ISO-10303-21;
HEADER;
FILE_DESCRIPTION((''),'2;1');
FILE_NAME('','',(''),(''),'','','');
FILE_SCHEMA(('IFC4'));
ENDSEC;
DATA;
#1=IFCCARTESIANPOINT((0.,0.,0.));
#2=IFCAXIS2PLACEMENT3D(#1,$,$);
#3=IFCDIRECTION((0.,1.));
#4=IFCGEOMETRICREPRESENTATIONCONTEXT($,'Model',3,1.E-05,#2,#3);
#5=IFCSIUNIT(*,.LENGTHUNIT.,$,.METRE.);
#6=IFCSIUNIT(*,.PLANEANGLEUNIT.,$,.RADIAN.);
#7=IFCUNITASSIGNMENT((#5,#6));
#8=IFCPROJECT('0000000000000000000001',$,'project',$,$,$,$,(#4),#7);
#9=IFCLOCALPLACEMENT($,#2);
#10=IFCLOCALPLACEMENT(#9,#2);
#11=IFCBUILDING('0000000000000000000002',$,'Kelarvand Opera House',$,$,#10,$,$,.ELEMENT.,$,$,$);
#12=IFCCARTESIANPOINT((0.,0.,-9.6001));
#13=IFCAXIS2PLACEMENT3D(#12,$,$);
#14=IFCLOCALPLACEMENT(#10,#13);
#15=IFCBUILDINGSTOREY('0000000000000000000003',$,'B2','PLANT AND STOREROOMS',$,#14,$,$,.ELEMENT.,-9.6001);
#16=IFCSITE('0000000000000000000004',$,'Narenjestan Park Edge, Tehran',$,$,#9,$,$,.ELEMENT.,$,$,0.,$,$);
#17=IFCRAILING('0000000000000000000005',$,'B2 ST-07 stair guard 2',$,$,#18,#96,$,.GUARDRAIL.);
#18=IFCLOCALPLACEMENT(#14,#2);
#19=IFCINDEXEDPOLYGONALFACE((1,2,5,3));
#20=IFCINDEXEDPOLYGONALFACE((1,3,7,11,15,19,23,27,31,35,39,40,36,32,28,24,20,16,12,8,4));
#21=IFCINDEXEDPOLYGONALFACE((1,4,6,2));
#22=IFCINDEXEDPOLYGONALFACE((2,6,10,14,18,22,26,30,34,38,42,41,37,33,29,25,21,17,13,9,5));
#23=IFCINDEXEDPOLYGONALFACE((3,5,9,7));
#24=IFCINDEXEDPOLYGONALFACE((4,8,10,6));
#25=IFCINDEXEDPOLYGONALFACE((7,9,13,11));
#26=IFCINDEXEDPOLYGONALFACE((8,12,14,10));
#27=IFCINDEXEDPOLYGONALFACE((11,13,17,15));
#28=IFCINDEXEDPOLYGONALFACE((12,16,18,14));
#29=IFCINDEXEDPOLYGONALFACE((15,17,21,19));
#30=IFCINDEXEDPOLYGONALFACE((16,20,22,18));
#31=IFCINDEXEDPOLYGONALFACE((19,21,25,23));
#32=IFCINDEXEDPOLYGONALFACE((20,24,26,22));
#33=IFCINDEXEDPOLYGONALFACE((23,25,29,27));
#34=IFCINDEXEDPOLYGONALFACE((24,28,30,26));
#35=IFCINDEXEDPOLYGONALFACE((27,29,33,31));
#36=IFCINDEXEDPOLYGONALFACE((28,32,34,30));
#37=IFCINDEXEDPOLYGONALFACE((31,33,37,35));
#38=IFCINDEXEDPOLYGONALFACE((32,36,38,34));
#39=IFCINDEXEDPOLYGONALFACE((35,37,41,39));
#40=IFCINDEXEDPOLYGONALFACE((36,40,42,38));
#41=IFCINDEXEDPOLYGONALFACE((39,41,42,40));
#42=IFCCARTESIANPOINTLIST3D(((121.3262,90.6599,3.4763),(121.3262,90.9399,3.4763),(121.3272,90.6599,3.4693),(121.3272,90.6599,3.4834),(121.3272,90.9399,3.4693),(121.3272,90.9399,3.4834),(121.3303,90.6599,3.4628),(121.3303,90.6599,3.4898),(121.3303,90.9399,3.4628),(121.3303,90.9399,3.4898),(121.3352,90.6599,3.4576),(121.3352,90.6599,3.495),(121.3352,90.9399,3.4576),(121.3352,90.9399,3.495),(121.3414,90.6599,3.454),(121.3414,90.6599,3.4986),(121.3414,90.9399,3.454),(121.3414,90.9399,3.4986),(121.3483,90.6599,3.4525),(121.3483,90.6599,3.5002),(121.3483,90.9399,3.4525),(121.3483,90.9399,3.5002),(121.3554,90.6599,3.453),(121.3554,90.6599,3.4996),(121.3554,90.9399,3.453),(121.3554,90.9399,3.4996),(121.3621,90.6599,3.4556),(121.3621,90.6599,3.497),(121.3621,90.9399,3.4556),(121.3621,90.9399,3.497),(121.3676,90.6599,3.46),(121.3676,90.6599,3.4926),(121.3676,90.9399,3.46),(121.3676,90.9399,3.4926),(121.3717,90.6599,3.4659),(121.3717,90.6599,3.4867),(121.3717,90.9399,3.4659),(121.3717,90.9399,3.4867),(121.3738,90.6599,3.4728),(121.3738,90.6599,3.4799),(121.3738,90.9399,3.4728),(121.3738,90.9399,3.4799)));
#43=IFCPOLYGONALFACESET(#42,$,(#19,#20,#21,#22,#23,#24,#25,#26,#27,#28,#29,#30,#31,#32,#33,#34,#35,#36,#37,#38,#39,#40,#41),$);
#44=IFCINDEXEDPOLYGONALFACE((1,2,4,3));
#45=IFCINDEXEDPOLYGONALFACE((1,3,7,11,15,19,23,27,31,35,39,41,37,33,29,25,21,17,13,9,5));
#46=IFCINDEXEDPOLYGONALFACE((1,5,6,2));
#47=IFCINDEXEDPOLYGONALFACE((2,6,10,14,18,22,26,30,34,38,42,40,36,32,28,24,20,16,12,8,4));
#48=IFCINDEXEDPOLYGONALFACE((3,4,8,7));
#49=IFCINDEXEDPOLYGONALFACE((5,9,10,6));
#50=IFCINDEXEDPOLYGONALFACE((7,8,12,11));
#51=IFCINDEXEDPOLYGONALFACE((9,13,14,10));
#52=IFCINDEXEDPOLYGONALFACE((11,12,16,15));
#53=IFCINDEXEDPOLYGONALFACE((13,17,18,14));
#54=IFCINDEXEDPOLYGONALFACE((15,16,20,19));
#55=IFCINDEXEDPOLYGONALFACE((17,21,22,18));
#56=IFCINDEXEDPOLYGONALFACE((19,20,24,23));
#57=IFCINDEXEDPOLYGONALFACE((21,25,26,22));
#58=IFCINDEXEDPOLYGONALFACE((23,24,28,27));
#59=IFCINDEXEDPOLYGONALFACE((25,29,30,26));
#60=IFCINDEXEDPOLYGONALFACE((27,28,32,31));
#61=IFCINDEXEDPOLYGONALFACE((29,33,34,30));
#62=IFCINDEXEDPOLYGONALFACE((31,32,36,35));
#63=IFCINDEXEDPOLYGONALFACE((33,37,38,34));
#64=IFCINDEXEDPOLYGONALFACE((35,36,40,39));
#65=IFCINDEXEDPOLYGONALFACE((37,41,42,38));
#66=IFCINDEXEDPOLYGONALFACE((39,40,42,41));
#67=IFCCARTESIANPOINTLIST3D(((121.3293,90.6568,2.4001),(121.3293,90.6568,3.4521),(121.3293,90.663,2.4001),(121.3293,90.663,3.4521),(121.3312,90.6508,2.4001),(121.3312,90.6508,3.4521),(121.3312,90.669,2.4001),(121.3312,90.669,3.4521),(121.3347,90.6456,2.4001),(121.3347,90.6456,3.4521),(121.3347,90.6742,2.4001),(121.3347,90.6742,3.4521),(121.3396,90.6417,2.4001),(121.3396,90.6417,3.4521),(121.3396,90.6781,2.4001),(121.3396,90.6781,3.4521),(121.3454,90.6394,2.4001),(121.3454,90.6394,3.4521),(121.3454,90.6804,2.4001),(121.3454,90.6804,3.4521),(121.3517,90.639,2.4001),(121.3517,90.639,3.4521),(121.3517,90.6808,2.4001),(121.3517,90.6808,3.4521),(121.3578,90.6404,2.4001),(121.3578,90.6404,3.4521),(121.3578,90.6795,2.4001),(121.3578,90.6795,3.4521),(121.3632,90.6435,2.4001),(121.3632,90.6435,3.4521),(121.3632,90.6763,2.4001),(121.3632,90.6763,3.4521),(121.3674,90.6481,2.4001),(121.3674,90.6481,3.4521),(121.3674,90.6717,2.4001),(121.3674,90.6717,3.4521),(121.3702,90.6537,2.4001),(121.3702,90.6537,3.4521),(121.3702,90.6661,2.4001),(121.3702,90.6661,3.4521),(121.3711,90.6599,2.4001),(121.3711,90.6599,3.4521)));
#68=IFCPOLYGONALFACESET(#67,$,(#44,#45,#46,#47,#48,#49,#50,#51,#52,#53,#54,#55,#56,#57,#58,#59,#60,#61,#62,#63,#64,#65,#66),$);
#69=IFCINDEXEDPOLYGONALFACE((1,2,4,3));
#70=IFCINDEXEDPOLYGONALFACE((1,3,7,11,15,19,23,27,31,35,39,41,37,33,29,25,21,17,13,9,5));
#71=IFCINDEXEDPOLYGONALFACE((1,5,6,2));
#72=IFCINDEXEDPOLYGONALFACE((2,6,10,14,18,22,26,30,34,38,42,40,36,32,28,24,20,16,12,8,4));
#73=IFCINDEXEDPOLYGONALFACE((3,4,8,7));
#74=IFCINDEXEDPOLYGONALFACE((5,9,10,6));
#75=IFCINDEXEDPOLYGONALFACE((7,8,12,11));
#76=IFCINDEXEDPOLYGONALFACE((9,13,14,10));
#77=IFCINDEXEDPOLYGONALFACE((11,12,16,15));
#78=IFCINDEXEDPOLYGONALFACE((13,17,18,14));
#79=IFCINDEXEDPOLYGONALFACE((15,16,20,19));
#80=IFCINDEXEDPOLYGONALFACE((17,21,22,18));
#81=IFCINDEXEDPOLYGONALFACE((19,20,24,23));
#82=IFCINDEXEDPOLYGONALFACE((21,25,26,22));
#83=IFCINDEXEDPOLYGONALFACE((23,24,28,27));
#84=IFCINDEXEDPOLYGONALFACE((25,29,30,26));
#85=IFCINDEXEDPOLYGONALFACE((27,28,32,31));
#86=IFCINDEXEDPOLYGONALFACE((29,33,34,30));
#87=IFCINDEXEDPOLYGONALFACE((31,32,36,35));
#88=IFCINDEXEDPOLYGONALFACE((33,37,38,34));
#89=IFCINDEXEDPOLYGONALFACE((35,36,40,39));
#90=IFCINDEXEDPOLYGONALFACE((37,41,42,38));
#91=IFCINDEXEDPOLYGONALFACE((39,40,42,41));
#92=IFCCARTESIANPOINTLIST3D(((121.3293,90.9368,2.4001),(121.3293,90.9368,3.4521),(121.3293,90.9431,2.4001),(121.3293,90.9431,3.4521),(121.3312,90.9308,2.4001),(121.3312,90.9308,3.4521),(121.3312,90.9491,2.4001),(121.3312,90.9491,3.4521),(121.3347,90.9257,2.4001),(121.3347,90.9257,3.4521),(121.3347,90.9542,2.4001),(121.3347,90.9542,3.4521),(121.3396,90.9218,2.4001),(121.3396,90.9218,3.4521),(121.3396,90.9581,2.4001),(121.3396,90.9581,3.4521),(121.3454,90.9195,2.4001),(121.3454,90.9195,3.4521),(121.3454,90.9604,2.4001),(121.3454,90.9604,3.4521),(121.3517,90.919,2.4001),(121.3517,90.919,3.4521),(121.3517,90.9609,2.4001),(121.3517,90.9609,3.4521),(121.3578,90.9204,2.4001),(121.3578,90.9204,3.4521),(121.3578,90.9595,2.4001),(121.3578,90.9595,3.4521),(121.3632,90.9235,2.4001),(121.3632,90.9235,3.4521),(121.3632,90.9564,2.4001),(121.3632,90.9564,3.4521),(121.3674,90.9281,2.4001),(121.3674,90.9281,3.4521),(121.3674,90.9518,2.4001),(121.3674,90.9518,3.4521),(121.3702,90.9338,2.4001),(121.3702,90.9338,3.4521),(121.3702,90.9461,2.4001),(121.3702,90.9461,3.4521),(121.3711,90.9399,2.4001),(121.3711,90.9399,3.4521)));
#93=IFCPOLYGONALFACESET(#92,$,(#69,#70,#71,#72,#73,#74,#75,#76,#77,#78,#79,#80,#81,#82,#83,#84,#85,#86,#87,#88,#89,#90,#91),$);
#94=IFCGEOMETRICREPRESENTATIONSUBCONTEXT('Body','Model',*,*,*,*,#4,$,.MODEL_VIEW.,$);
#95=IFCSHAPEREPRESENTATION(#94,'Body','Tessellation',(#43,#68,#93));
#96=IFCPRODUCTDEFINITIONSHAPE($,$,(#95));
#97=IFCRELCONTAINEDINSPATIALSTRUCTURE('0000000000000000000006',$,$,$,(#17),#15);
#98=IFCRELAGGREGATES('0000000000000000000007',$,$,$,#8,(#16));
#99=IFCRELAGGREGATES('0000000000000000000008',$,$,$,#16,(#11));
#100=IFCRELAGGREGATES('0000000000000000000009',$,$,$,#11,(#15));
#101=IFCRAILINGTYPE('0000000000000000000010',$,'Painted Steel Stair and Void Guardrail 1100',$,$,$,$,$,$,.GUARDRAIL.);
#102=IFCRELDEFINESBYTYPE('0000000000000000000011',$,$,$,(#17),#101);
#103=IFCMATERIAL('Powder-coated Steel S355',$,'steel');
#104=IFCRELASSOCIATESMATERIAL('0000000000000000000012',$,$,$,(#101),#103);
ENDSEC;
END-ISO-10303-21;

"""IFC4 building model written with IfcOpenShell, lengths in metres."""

from ifc_helpers import new_model, si_unit, direction, frame, origin, origin_2d, place, context, subcontext, project, spatial, circle, extrude, material, type_object, element, save


model = new_model("IFC4")

# Units and contexts
model_context = context("Model", 3, precision=1e-05, world=origin(), true_north=direction((0.0, 1.0)))
body_context = subcontext(model_context, "Body", "Model", "MODEL_VIEW")
ifc_project = project(units=[si_unit("LENGTHUNIT", "METRE"), si_unit("PLANEANGLEUNIT", "RADIAN")], contexts=[model_context])

# Site, building, storey
site_placement = place(None, origin())
site = spatial("IfcSite", under=ifc_project, at=site_placement, Name="Narenjestan Park Edge, Tehran", CompositionType="ELEMENT", RefElevation=0.0)
building_placement = place(site_placement, origin())
building = spatial("IfcBuilding", under=site, at=building_placement, Name="Kelarvand Opera House", CompositionType="ELEMENT")
storey_placement = place(building_placement, frame((0.0, 0.0, -9.6001)))
storey = spatial("IfcBuildingStorey", under=building, at=storey_placement, Name="B2", Description="PLANT AND STOREROOMS", CompositionType="ELEMENT", Elevation=-9.6001)

# Railing
ifc_material_1 = material(Name="Powder-coated Steel S355", Category="steel")
railing_type_1 = type_object("IfcRailingType", Name="Painted Steel Stair and Void Guardrail 1100", PredefinedType="GUARDRAIL", material=ifc_material_1)
railing_1_placement = place(storey_placement, frame((121.3501, 90.6599, 2.4001)))
element("IfcRailing", 1, at=railing_1_placement, inside=storey, type_object=railing_type_1, Name="B2 ST-07 stair guard 2", PredefinedType="GUARDRAIL", context=body_context, shape_type="SweptSolid", body=[
    extrude(circle(Radius=0.0239, at=origin_2d()), frame((0.0, 0.0, 1.0762), z_axis=(0.0, 1.0, 0.0), x_axis=(-1.0, 0.0, 0.0)), (0.0, 0.0, 1.0), 0.28),
    extrude(circle(Radius=0.021, at=origin_2d()), origin(), (0.0, 0.0, 1.0), 1.052),
    extrude(circle(Radius=0.021, at=origin_2d()), frame((0.0, 0.28, 0.0)), (0.0, 0.0, 1.0), 1.052),
])

save(model, "model.ifc")
